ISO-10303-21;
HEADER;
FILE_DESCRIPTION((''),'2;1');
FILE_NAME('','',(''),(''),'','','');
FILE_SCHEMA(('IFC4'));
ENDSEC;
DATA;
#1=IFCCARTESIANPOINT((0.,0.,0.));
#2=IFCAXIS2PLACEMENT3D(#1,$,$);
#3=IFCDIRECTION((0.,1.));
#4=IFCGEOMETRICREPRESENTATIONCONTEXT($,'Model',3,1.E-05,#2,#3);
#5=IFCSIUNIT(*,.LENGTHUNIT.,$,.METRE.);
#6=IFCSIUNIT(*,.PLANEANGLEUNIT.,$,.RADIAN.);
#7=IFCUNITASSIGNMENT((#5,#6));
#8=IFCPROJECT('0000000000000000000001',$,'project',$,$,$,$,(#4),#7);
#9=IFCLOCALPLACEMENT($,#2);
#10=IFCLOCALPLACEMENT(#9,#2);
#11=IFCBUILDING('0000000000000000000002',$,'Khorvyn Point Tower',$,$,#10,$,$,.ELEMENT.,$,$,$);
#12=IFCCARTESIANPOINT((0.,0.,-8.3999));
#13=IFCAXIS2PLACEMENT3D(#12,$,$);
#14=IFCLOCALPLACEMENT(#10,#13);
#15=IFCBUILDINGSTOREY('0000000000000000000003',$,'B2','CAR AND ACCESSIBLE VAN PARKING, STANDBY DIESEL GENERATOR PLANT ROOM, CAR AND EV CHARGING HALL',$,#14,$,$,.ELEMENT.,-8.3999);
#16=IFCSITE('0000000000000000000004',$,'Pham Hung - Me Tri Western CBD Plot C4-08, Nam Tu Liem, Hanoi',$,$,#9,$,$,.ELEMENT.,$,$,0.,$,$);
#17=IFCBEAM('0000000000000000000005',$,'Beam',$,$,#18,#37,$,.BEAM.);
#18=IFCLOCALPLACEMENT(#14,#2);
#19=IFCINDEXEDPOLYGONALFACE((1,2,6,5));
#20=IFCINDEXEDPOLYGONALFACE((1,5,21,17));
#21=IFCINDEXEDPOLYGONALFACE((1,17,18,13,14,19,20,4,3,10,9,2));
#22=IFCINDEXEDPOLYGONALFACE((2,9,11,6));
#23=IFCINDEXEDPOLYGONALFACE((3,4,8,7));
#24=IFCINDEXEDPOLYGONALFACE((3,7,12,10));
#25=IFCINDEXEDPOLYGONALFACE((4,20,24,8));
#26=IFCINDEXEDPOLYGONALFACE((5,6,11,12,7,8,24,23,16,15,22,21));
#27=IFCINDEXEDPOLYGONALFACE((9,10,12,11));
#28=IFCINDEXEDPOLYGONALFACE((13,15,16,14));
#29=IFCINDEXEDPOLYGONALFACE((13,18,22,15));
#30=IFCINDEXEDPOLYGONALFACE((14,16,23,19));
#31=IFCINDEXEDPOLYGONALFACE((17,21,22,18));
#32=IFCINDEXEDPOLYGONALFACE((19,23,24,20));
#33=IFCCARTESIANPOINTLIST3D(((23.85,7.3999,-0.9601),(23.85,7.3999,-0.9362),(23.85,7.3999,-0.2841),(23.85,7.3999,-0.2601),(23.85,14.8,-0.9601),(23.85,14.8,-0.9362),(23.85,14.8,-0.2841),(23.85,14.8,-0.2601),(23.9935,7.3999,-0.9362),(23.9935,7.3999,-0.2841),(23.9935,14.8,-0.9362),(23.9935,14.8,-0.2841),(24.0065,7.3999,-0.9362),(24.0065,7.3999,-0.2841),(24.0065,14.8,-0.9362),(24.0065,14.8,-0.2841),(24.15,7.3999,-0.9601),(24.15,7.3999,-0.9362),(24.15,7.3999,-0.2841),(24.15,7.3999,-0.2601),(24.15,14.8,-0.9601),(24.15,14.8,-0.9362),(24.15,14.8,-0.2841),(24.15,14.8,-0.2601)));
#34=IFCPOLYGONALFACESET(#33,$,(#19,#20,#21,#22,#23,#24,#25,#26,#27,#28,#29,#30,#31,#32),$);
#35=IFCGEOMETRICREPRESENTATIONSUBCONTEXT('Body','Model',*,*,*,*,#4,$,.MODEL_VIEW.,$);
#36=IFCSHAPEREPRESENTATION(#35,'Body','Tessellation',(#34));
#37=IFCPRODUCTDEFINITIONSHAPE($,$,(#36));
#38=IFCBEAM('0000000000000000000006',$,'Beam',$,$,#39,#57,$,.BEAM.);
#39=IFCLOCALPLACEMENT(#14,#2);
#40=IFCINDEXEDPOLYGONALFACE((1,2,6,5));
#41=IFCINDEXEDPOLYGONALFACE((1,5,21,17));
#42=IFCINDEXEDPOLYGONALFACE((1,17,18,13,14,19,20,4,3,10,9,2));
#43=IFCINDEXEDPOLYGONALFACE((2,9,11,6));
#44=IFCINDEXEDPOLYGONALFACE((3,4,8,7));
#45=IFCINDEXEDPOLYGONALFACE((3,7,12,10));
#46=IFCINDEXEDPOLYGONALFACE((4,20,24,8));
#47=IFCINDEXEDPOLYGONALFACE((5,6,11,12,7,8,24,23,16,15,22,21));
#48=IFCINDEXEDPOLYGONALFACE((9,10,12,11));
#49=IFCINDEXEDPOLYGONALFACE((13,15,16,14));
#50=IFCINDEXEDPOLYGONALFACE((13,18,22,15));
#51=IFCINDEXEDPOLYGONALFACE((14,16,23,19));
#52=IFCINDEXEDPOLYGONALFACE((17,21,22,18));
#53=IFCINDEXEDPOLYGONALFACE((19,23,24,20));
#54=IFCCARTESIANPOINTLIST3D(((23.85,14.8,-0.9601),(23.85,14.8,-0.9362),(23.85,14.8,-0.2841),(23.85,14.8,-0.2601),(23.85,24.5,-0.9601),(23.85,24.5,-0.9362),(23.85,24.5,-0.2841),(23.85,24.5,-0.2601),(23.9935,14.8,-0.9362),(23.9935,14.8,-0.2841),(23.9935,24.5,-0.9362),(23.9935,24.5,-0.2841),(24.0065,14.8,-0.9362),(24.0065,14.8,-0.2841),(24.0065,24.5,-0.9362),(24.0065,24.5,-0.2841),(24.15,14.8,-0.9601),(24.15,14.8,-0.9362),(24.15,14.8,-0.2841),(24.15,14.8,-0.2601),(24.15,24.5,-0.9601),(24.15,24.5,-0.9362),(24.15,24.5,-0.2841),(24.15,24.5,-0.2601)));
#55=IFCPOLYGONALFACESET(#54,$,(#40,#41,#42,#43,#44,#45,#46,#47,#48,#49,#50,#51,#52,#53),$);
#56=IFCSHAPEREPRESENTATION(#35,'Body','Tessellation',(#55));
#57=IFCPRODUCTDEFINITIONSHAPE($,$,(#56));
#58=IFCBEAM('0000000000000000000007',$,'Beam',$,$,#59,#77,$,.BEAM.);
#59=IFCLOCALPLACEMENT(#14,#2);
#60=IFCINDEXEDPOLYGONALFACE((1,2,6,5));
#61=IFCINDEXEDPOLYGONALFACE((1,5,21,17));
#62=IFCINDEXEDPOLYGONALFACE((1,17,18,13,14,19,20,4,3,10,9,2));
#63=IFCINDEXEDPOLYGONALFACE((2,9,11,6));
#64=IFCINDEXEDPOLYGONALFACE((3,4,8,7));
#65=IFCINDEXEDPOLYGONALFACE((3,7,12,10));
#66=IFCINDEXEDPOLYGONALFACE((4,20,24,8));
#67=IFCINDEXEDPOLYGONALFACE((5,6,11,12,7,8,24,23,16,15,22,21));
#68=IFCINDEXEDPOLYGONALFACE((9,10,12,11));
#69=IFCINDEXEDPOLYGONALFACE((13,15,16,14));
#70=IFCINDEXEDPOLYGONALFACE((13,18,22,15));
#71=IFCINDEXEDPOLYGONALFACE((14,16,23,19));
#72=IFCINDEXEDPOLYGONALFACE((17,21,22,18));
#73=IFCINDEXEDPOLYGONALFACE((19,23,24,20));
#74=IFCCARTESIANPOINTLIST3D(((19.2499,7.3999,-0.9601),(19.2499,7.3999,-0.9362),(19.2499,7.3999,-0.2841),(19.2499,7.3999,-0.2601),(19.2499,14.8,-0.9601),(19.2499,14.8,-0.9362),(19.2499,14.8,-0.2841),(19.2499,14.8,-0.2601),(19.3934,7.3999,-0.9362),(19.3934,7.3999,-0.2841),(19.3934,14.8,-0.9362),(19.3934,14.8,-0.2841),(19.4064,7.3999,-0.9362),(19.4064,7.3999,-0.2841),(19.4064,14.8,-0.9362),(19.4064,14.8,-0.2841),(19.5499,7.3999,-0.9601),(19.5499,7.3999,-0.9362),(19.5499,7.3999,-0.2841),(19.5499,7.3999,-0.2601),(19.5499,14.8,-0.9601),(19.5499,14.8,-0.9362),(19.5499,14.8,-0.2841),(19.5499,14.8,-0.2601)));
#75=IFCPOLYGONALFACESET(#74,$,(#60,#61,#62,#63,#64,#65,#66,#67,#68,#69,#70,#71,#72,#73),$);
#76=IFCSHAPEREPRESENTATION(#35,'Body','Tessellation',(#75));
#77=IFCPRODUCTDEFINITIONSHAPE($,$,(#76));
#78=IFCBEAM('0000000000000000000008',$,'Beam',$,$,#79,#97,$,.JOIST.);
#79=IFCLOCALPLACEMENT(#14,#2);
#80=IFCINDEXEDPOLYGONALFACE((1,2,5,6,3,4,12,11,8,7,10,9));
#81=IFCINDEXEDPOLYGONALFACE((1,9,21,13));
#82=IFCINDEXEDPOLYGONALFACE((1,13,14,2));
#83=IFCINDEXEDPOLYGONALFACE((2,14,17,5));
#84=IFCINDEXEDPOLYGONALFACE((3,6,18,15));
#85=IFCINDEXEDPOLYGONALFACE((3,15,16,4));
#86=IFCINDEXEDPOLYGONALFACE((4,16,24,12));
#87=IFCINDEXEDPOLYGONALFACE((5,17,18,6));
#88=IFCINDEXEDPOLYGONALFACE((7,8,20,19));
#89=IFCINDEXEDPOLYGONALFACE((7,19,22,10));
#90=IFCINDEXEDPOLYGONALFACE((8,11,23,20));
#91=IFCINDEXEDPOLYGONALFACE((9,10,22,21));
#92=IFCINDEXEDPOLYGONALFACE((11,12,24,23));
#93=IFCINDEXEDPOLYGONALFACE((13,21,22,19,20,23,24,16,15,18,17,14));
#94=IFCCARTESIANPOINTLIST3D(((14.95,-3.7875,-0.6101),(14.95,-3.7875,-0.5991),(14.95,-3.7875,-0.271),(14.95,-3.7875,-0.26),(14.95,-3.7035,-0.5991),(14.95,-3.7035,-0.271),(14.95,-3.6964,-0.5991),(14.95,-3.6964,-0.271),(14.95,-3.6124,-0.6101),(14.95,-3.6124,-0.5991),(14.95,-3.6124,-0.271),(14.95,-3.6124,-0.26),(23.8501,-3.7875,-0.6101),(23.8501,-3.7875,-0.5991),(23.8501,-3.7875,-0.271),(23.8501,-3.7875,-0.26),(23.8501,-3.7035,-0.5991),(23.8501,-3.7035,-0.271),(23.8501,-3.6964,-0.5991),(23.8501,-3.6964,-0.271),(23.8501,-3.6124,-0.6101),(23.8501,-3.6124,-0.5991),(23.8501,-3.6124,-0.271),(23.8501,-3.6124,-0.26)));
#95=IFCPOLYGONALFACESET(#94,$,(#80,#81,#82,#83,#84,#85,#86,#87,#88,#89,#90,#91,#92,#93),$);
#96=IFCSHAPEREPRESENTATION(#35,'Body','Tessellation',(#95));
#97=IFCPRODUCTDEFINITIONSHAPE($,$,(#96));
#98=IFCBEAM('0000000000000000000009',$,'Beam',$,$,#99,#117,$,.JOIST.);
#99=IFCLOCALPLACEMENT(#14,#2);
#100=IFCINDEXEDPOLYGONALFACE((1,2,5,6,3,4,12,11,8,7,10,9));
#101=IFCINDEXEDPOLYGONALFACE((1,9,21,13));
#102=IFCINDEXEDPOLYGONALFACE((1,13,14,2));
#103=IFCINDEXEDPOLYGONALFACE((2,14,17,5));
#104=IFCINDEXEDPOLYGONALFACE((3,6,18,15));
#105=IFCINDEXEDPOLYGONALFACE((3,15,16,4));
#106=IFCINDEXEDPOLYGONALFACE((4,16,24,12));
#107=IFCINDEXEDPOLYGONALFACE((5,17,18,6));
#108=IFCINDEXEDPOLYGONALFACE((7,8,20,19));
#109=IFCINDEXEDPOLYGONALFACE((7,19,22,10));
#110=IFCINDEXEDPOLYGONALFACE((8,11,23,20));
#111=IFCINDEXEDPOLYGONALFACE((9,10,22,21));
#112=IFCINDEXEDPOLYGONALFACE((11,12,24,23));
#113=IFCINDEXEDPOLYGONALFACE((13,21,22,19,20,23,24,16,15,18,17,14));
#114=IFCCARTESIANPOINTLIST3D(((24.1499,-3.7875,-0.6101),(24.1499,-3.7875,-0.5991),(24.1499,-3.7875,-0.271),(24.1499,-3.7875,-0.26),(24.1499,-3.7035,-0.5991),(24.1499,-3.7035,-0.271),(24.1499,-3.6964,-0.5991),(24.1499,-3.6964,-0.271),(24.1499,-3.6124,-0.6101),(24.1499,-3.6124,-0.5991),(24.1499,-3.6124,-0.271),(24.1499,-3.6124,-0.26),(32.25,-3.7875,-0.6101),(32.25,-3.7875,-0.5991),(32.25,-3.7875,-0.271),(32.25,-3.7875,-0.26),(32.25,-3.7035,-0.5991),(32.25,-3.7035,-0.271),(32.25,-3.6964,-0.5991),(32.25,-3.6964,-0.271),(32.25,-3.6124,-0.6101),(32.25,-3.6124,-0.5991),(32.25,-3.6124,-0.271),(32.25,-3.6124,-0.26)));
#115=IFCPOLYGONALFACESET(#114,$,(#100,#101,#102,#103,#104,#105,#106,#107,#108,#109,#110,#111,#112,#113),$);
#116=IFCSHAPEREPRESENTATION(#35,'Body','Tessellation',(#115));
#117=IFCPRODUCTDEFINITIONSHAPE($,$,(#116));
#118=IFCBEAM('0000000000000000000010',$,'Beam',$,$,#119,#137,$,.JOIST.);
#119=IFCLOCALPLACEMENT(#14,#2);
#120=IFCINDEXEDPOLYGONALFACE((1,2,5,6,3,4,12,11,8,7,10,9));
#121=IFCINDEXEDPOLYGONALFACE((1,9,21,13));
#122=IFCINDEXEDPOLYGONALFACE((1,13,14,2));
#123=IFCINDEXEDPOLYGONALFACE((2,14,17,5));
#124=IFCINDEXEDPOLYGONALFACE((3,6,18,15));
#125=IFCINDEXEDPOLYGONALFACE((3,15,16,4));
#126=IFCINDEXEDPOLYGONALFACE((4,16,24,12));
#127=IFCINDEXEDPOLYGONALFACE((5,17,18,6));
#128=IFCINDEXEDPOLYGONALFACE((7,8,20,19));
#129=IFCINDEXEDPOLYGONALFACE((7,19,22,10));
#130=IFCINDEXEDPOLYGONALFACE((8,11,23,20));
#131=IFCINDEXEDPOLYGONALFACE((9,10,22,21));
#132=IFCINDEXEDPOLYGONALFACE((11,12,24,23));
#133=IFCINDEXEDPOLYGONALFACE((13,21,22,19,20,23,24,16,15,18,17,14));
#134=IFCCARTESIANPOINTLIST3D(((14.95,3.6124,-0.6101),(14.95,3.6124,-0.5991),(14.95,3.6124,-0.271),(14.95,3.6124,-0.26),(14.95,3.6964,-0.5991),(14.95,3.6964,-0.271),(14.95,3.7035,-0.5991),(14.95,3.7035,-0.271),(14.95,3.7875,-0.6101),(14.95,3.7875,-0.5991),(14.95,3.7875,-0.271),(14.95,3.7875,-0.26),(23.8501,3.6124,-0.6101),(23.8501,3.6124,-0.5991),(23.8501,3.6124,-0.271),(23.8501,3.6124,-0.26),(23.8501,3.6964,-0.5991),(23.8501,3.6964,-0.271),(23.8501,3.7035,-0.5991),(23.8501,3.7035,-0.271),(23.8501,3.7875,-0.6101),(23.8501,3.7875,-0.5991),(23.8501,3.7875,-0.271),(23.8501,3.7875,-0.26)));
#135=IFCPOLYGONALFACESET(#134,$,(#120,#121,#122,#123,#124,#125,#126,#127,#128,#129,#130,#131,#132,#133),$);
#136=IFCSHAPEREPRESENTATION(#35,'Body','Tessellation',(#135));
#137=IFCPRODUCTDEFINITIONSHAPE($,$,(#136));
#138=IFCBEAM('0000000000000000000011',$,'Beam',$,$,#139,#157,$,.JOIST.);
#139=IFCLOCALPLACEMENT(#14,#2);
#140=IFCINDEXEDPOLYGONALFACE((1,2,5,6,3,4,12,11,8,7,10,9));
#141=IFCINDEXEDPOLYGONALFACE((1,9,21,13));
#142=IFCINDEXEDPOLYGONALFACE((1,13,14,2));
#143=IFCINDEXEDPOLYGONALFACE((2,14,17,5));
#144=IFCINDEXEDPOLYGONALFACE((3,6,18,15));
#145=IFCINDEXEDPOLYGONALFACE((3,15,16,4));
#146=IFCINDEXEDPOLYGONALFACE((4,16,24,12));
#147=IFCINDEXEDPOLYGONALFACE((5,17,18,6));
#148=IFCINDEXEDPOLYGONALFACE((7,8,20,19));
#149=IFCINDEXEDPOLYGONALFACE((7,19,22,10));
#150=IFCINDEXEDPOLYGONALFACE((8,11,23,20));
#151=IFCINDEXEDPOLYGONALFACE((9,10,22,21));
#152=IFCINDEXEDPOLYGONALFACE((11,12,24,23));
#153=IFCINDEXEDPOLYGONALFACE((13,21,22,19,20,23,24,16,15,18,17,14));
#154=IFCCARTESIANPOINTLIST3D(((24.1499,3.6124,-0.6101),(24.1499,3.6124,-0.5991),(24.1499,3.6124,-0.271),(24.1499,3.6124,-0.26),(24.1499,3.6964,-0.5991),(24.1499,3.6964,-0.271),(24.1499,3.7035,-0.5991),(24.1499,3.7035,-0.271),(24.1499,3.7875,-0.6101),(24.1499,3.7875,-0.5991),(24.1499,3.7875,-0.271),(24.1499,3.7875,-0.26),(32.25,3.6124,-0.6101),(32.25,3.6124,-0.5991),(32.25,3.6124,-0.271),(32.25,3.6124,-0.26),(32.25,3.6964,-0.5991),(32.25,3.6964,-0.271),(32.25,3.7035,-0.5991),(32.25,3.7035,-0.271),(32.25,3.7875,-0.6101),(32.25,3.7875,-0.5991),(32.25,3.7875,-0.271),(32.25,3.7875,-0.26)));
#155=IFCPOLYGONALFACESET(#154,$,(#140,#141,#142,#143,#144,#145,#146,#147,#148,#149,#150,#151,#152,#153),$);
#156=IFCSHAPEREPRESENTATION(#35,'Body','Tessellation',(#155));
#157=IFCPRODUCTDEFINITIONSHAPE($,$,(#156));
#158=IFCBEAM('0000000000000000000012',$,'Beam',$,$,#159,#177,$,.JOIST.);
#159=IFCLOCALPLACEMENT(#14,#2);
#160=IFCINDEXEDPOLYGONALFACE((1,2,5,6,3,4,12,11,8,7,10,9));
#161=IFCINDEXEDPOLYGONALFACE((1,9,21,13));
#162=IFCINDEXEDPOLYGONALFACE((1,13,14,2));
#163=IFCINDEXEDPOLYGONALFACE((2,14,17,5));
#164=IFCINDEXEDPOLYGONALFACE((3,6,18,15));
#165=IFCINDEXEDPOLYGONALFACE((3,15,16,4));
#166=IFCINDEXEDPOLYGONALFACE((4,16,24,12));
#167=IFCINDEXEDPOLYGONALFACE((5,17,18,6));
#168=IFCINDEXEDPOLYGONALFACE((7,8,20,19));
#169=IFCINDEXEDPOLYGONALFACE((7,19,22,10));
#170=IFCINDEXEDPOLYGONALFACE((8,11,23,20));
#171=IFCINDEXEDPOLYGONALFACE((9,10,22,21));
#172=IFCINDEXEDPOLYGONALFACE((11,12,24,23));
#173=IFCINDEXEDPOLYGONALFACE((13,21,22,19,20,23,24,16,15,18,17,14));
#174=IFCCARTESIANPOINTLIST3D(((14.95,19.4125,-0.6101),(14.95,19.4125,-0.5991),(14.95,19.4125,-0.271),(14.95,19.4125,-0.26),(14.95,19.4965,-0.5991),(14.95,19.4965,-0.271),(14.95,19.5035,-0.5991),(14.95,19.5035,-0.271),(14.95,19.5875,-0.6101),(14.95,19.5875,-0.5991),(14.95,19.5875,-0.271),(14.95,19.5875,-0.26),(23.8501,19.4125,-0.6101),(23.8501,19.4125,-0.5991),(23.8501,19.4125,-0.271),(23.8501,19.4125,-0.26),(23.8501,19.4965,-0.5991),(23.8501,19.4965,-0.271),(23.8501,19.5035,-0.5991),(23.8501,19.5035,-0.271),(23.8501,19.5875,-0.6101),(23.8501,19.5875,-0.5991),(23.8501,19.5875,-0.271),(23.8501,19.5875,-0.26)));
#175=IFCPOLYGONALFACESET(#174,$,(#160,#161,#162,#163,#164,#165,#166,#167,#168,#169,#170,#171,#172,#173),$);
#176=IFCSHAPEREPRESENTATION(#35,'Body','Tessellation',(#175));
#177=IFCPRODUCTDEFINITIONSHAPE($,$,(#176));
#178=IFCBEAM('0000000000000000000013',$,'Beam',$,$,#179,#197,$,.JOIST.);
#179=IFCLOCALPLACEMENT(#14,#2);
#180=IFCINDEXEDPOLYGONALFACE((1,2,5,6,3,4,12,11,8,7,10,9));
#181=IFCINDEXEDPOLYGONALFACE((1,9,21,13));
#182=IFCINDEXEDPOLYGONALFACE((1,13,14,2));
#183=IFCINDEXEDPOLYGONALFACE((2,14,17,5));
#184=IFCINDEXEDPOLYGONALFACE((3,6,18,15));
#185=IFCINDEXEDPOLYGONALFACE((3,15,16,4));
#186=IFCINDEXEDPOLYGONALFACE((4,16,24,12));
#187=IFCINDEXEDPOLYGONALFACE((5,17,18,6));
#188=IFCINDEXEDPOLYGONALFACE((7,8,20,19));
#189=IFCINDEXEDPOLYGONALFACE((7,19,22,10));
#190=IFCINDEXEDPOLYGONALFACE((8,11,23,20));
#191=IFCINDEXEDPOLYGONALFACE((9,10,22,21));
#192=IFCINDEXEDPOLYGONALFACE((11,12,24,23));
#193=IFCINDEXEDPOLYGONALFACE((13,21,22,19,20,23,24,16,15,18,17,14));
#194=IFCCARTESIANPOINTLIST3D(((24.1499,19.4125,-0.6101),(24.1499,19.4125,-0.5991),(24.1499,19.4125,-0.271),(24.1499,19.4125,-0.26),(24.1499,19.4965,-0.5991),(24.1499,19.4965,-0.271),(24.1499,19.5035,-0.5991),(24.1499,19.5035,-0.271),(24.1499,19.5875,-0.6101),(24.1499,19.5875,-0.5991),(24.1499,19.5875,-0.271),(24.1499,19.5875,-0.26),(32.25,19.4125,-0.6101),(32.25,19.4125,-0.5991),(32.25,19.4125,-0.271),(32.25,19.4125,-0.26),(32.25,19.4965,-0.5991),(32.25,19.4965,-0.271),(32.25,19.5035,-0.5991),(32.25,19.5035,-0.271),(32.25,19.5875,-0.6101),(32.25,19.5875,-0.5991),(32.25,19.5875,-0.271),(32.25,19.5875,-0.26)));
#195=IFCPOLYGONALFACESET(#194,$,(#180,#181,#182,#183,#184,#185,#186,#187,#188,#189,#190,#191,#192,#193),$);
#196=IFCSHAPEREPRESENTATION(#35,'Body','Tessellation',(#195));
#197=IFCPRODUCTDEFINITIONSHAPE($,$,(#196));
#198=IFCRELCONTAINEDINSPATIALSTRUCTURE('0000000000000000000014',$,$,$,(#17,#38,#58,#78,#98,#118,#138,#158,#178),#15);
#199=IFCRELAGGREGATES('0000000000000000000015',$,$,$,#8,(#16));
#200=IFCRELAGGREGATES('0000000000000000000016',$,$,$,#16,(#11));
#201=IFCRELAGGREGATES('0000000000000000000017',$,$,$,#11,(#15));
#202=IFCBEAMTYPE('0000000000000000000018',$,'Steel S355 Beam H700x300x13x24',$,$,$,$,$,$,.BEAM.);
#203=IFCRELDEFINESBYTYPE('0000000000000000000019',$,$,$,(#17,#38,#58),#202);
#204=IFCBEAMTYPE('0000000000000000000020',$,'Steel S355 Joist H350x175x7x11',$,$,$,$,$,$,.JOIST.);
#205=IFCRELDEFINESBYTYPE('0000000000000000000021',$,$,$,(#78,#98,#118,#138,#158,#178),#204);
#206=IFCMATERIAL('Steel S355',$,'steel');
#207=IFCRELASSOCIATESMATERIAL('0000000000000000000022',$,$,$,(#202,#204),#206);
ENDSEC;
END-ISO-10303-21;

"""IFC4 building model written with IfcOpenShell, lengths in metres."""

from ifc_helpers import new_model, si_unit, direction, frame, origin, origin_2d, place, context, subcontext, project, spatial, i_section, extrude, material, material_profile, profile_set, type_object, element, save


model = new_model("IFC4")

# Units and contexts
model_context = context("Model", 3, precision=1e-05, world=origin(), true_north=direction((0.0, 1.0)))
body_context = subcontext(model_context, "Body", "Model", "MODEL_VIEW")
ifc_project = project(units=[si_unit("LENGTHUNIT", "METRE"), si_unit("PLANEANGLEUNIT", "RADIAN")], contexts=[model_context])

# Site, building, storey
site_placement = place(None, origin())
site = spatial("IfcSite", under=ifc_project, at=site_placement, Name="Pham Hung - Me Tri Western CBD Plot C4-08, Nam Tu Liem, Hanoi", CompositionType="ELEMENT", RefElevation=0.0)
building_placement = place(site_placement, origin())
building = spatial("IfcBuilding", under=site, at=building_placement, Name="Khorvyn Point Tower", CompositionType="ELEMENT")
storey_placement = place(building_placement, frame((0.0, 0.0, -8.3999)))
storey = spatial("IfcBuildingStorey", under=building, at=storey_placement, Name="B2", Description="CAR AND ACCESSIBLE VAN PARKING, STANDBY DIESEL GENERATOR PLANT ROOM, CAR AND EV CHARGING HALL", CompositionType="ELEMENT", Elevation=-8.3999)

# Beams
ifc_material_1 = material(Name="Steel S355", Category="steel")
ifc_material_profile_1 = material_profile(ifc_material_1, i_section(OverallWidth=0.3, OverallDepth=0.7, WebThickness=0.0129, FlangeThickness=0.0239, at=origin_2d()))
ifc_profile_set_1 = profile_set([ifc_material_profile_1], Name="Steel S355 H700x300x13x24")
beam_type_1 = type_object("IfcBeamType", Name="Steel S355 Beam H700x300x13x24", PredefinedType="BEAM", material=ifc_profile_set_1)
beam_1_placement = place(storey_placement, frame((24.0, 7.3999, -0.6101), z_axis=(0.0, 1.0, 0.0), x_axis=(-1.0, 0.0, 0.0)))
element("IfcBeam", 1, at=beam_1_placement, inside=storey, type_object=beam_type_1, Name="Beam", PredefinedType="BEAM", context=body_context, shape_type="SweptSolid", body=[
    extrude(i_section(OverallWidth=0.3, OverallDepth=0.7, WebThickness=0.0129, FlangeThickness=0.0239, at=origin_2d()), origin(), (0.0, 0.0, 1.0), 7.4001),
])
beam_2_placement = place(storey_placement, frame((24.0, 14.8, -0.6101), z_axis=(0.0, 1.0, 0.0), x_axis=(-1.0, 0.0, 0.0)))
element("IfcBeam", 2, at=beam_2_placement, inside=storey, type_object=beam_type_1, Name="Beam", PredefinedType="BEAM", context=body_context, shape_type="SweptSolid", body=[
    extrude(i_section(OverallWidth=0.3, OverallDepth=0.7, WebThickness=0.0129, FlangeThickness=0.0239, at=origin_2d()), origin(), (0.0, 0.0, 1.0), 9.7),
])
beam_3_placement = place(storey_placement, frame((19.3999, 7.3999, -0.6101), z_axis=(0.0, 1.0, 0.0), x_axis=(-1.0, 0.0, 0.0)))
element("IfcBeam", 3, at=beam_3_placement, inside=storey, type_object=beam_type_1, Name="Beam", PredefinedType="BEAM", context=body_context, shape_type="SweptSolid", body=[
    extrude(i_section(OverallWidth=0.3, OverallDepth=0.7, WebThickness=0.0129, FlangeThickness=0.0239, at=origin_2d()), origin(), (0.0, 0.0, 1.0), 7.4001),
])
ifc_material_profile_2 = material_profile(ifc_material_1, i_section(OverallWidth=0.175, OverallDepth=0.3501, WebThickness=0.0071, FlangeThickness=0.011, at=origin_2d()))
ifc_profile_set_2 = profile_set([ifc_material_profile_2], Name="Steel S355 H350x175x7x11")
beam_type_2 = type_object("IfcBeamType", Name="Steel S355 Joist H350x175x7x11", PredefinedType="JOIST", material=ifc_profile_set_2)
beam_4_placement = place(storey_placement, frame((14.95, -3.7, -0.4351), z_axis=(1.0, 0.0, 0.0), x_axis=(0.0, 1.0, 0.0)))
element("IfcBeam", 4, at=beam_4_placement, inside=storey, type_object=beam_type_2, Name="Beam", PredefinedType="JOIST", context=body_context, shape_type="SweptSolid", body=[
    extrude(i_section(OverallWidth=0.175, OverallDepth=0.3501, WebThickness=0.0071, FlangeThickness=0.011, at=origin_2d()), origin(), (0.0, 0.0, 1.0), 8.9001),
])
beam_5_placement = place(storey_placement, frame((24.1499, -3.7, -0.4351), z_axis=(1.0, 0.0, 0.0), x_axis=(0.0, 1.0, 0.0)))
element("IfcBeam", 5, at=beam_5_placement, inside=storey, type_object=beam_type_2, Name="Beam", PredefinedType="JOIST", context=body_context, shape_type="SweptSolid", body=[
    extrude(i_section(OverallWidth=0.175, OverallDepth=0.3501, WebThickness=0.0071, FlangeThickness=0.011, at=origin_2d()), origin(), (0.0, 0.0, 1.0), 8.1001),
])
beam_6_placement = place(storey_placement, frame((14.95, 3.7, -0.4351), z_axis=(1.0, 0.0, 0.0), x_axis=(0.0, 1.0, 0.0)))
element("IfcBeam", 6, at=beam_6_placement, inside=storey, type_object=beam_type_2, Name="Beam", PredefinedType="JOIST", context=body_context, shape_type="SweptSolid", body=[
    extrude(i_section(OverallWidth=0.175, OverallDepth=0.3501, WebThickness=0.0071, FlangeThickness=0.011, at=origin_2d()), origin(), (0.0, 0.0, 1.0), 8.9001),
])
beam_7_placement = place(storey_placement, frame((24.1499, 3.7, -0.4351), z_axis=(1.0, 0.0, 0.0), x_axis=(0.0, 1.0, 0.0)))
element("IfcBeam", 7, at=beam_7_placement, inside=storey, type_object=beam_type_2, Name="Beam", PredefinedType="JOIST", context=body_context, shape_type="SweptSolid", body=[
    extrude(i_section(OverallWidth=0.175, OverallDepth=0.3501, WebThickness=0.0071, FlangeThickness=0.011, at=origin_2d()), origin(), (0.0, 0.0, 1.0), 8.1001),
])
beam_8_placement = place(storey_placement, frame((14.95, 19.5, -0.4351), z_axis=(1.0, 0.0, 0.0), x_axis=(0.0, 1.0, 0.0)))
element("IfcBeam", 8, at=beam_8_placement, inside=storey, type_object=beam_type_2, Name="Beam", PredefinedType="JOIST", context=body_context, shape_type="SweptSolid", body=[
    extrude(i_section(OverallWidth=0.175, OverallDepth=0.3501, WebThickness=0.0071, FlangeThickness=0.011, at=origin_2d()), origin(), (0.0, 0.0, 1.0), 8.9001),
])
beam_9_placement = place(storey_placement, frame((24.1499, 19.5, -0.4351), z_axis=(1.0, 0.0, 0.0), x_axis=(0.0, 1.0, 0.0)))
element("IfcBeam", 9, at=beam_9_placement, inside=storey, type_object=beam_type_2, Name="Beam", PredefinedType="JOIST", context=body_context, shape_type="SweptSolid", body=[
    extrude(i_section(OverallWidth=0.175, OverallDepth=0.3501, WebThickness=0.0071, FlangeThickness=0.011, at=origin_2d()), origin(), (0.0, 0.0, 1.0), 8.1001),
])

save(model, "model.ifc")
